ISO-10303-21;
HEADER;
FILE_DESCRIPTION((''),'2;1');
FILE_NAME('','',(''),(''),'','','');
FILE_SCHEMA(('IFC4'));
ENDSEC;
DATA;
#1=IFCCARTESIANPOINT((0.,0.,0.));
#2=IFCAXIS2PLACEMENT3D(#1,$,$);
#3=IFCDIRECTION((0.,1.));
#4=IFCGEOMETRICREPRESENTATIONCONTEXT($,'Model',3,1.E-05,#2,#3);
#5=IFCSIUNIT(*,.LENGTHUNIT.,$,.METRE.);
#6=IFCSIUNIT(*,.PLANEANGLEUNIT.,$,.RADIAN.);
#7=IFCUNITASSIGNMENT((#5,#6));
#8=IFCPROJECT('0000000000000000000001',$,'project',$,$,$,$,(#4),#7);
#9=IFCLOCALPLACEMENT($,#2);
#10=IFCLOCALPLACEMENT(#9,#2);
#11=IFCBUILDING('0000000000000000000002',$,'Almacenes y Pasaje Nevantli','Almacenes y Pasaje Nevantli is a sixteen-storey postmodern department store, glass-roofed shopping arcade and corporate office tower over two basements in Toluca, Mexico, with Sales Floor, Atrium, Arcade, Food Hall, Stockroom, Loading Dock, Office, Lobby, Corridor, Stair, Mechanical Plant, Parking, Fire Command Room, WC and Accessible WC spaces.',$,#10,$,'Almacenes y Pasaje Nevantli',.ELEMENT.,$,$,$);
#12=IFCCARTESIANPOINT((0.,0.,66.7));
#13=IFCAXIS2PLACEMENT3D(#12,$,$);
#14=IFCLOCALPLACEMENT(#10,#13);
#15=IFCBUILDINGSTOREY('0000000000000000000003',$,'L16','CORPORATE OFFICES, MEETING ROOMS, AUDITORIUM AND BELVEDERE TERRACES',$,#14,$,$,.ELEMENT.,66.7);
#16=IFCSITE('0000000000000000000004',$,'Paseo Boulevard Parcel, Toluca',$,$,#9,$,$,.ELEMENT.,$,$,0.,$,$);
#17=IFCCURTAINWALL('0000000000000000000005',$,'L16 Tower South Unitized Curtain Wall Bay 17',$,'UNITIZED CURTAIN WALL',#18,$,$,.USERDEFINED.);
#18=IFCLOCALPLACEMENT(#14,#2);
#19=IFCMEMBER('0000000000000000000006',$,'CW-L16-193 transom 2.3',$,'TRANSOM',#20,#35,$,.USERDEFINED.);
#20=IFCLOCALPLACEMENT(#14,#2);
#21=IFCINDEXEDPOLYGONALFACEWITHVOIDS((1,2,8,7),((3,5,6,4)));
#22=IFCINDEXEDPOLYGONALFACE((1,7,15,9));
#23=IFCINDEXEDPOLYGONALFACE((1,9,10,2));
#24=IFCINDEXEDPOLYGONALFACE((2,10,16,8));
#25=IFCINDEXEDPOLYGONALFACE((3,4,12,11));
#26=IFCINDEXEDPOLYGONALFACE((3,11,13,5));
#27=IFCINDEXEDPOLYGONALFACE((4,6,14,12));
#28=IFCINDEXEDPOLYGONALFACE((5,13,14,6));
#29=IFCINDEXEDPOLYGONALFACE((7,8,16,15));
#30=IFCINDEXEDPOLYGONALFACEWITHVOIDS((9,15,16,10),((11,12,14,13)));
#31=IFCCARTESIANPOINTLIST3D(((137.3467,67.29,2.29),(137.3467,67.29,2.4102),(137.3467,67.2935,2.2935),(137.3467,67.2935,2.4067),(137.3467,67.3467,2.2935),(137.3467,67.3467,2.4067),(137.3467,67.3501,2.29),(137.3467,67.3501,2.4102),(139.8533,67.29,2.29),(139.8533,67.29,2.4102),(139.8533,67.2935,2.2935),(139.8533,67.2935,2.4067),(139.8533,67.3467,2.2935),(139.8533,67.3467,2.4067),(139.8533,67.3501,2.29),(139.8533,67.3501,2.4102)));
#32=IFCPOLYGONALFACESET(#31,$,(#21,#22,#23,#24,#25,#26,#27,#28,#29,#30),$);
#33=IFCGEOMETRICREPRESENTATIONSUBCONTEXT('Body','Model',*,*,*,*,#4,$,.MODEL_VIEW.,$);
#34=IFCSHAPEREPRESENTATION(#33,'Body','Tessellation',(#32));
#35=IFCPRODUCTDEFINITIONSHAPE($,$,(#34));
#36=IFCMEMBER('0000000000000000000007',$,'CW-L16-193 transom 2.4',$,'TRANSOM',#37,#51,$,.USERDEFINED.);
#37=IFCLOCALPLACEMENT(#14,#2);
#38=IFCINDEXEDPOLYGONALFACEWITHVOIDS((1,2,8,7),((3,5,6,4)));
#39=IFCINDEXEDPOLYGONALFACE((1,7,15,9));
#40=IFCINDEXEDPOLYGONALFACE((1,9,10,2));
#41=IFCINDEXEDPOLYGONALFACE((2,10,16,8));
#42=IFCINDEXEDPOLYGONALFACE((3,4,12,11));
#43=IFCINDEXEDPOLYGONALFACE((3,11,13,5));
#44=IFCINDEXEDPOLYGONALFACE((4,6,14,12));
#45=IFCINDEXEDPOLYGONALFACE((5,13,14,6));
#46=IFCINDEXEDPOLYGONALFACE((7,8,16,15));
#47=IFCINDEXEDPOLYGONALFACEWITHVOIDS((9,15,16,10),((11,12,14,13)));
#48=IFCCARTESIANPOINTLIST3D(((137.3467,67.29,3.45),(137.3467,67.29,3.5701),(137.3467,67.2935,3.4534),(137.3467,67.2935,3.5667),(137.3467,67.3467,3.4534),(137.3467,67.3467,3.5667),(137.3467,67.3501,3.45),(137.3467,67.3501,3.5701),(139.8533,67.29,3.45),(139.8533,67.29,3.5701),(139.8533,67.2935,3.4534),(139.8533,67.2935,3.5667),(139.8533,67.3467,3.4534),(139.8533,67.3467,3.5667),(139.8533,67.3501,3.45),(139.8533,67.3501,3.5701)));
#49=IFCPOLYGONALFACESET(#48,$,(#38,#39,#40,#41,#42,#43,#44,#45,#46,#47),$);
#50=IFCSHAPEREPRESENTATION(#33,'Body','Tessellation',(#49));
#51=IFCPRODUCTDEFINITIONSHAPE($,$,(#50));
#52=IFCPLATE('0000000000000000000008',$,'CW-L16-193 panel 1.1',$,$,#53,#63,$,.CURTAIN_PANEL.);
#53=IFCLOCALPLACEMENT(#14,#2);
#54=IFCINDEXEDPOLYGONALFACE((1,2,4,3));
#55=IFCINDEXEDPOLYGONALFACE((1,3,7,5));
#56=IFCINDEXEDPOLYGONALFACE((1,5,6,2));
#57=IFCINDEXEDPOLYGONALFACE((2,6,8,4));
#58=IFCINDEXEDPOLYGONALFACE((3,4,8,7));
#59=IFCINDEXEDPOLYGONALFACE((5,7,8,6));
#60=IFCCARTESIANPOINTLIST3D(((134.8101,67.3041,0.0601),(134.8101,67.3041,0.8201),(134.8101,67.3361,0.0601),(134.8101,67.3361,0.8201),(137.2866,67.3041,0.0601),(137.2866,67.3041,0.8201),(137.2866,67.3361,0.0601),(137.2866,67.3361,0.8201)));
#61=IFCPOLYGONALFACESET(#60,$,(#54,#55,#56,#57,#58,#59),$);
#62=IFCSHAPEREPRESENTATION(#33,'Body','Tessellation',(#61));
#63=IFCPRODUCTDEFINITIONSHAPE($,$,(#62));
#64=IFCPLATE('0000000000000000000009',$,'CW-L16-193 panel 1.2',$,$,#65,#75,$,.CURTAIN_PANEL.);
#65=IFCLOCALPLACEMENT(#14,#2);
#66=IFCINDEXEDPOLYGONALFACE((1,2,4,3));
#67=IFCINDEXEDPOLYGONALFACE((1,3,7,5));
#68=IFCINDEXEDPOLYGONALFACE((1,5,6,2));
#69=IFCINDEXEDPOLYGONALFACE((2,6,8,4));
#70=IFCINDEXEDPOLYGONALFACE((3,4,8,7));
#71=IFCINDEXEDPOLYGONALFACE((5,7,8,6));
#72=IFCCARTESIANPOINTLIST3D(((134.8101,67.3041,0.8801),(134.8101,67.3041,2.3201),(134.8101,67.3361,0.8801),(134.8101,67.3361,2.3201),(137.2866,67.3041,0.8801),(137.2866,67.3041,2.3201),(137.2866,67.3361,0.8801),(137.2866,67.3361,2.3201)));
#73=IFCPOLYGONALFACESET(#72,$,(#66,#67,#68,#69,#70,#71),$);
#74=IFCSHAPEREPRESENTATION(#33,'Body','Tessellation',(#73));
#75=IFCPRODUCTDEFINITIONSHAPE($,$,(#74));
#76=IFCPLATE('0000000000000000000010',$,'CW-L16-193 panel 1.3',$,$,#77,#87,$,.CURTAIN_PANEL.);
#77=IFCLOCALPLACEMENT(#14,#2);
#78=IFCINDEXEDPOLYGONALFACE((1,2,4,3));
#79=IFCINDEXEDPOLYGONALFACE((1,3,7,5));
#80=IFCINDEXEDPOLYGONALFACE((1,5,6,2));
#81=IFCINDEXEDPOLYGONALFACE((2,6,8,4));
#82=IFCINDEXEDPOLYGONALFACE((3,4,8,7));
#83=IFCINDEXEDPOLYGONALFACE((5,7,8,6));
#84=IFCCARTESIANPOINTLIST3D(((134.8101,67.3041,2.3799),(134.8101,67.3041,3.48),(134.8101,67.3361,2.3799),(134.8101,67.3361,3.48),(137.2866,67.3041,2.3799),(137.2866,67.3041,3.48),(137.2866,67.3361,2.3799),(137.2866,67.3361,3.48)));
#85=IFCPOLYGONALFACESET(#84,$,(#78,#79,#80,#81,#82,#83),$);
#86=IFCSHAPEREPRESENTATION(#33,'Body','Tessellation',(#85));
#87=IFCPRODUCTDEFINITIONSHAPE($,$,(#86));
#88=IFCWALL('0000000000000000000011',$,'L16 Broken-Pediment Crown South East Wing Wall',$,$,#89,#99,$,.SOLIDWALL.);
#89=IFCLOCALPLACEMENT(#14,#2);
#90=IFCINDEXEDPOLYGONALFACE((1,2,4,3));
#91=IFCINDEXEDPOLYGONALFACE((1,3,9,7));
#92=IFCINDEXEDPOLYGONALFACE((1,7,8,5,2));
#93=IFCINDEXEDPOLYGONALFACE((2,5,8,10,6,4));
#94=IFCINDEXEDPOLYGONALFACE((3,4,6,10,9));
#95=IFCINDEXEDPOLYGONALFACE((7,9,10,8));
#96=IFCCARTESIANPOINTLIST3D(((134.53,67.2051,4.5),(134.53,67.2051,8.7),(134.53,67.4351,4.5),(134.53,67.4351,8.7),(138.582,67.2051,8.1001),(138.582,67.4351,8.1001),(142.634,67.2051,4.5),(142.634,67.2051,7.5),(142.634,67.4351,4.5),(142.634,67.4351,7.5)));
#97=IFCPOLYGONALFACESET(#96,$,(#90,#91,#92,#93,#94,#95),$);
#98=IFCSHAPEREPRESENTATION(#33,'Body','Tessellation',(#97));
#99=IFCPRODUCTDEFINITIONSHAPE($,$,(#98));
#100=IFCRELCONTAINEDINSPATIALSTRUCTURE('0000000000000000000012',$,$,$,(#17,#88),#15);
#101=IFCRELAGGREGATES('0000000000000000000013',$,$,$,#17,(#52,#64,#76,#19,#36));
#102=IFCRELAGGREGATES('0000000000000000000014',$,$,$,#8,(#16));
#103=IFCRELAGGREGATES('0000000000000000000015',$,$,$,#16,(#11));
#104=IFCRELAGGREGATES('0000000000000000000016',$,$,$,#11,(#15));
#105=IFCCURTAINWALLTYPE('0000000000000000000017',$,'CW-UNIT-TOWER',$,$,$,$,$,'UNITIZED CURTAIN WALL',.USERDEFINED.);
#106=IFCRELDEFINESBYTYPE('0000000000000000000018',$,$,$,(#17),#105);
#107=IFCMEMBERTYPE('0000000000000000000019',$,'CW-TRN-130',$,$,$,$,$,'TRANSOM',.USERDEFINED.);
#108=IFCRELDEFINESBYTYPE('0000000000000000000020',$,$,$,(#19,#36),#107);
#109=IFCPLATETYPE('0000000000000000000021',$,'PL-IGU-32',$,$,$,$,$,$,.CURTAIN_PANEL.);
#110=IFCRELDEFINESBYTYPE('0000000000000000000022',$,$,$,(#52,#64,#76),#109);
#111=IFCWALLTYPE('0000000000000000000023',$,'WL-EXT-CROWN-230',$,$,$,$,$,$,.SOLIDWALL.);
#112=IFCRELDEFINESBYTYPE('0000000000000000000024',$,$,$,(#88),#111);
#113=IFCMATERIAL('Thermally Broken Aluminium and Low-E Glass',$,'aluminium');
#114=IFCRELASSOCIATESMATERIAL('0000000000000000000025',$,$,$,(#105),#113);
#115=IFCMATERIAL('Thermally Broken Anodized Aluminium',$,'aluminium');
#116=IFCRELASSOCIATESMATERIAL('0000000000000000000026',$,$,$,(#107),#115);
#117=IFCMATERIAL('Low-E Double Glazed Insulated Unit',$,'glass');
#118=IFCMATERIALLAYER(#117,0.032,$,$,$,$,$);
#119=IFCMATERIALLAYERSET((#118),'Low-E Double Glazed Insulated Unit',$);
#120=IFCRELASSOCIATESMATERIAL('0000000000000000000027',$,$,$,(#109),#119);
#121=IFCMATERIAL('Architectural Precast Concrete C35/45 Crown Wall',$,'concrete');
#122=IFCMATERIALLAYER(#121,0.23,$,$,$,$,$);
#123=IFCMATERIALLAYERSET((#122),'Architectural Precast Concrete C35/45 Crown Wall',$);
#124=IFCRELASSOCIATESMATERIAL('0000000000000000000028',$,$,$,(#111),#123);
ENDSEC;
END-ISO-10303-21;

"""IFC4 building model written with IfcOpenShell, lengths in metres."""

from ifc_helpers import new_model, si_unit, direction, frame, origin, origin_2d, place, context, subcontext, project, spatial, polyline, rectangle, hollow_rectangle, outline, extrude, material, layer, layer_set, material_profile, profile_set, type_object, element, aggregate, save


model = new_model("IFC4")

# Units and contexts
model_context = context("Model", 3, precision=1e-05, world=origin(), true_north=direction((0.0, 1.0)))
body_context = subcontext(model_context, "Body", "Model", "MODEL_VIEW")
ifc_project = project(units=[si_unit("LENGTHUNIT", "METRE"), si_unit("PLANEANGLEUNIT", "RADIAN")], contexts=[model_context])

# Site, building, storey
site_placement = place(None, origin())
site = spatial("IfcSite", under=ifc_project, at=site_placement, Name="Paseo Boulevard Parcel, Toluca", CompositionType="ELEMENT", RefElevation=0.0)
building_placement = place(site_placement, origin())
building = spatial("IfcBuilding", under=site, at=building_placement, Name="Almacenes y Pasaje Nevantli", Description="Almacenes y Pasaje Nevantli is a sixteen-storey postmodern department store, glass-roofed shopping arcade and corporate office tower over two basements in Toluca, Mexico, with Sales Floor, Atrium, Arcade, Food Hall, Stockroom, Loading Dock, Office, Lobby, Corridor, Stair, Mechanical Plant, Parking, Fire Command Room, WC and Accessible WC spaces.", LongName="Almacenes y Pasaje Nevantli", CompositionType="ELEMENT")
storey_placement = place(building_placement, frame((0.0, 0.0, 66.7)))
storey = spatial("IfcBuildingStorey", under=building, at=storey_placement, Name="L16", Description="CORPORATE OFFICES, MEETING ROOMS, AUDITORIUM AND BELVEDERE TERRACES", CompositionType="ELEMENT", Elevation=66.7)

# Curtain wall, members, plates
ifc_material_1 = material(Name="Thermally Broken Aluminium and Low-E Glass", Category="aluminium")
curtain_wall_type = type_object("IfcCurtainWallType", Name="CW-UNIT-TOWER", ElementType="UNITIZED CURTAIN WALL", PredefinedType="USERDEFINED", material=ifc_material_1)
curtain_wall_placement = place(storey_placement, origin())
curtain_wall = element("IfcCurtainWall", 1, at=curtain_wall_placement, inside=storey, type_object=curtain_wall_type, Name="L16 Tower South Unitized Curtain Wall Bay 17", ObjectType="UNITIZED CURTAIN WALL", PredefinedType="USERDEFINED")
ifc_material_2 = material(Name="Thermally Broken Anodized Aluminium", Category="aluminium")
ifc_material_profile_1 = material_profile(ifc_material_2, hollow_rectangle(XDim=0.0601, YDim=0.1201, WallThickness=0.0034, at=origin_2d()), Name="ALU-TRN-60x120")
ifc_profile_set_1 = profile_set([ifc_material_profile_1], Name="Thermally Broken Anodized Aluminium")
member_type_1 = type_object("IfcMemberType", Name="CW-TRN-130", ElementType="TRANSOM", PredefinedType="USERDEFINED", material=ifc_profile_set_1)
member_1_placement = place(storey_placement, frame((137.3467, 67.3201, 2.3501), z_axis=(1.0, 0.0, 0.0), x_axis=(0.0, 1.0, 0.0)))
member_1 = element("IfcMember", 2, at=member_1_placement, type_object=member_type_1, Name="CW-L16-193 transom 2.3", ObjectType="TRANSOM", PredefinedType="USERDEFINED", context=body_context, shape_type="SweptSolid", body=[
    extrude(hollow_rectangle(XDim=0.0601, YDim=0.1201, WallThickness=0.0034, at=origin_2d()), origin(), (0.0, 0.0, 1.0), 2.5066),
])
member_2_placement = place(storey_placement, frame((137.3467, 67.3201, 3.51), z_axis=(1.0, 0.0, 0.0), x_axis=(0.0, 1.0, 0.0)))
member_2 = element("IfcMember", 3, at=member_2_placement, type_object=member_type_1, Name="CW-L16-193 transom 2.4", ObjectType="TRANSOM", PredefinedType="USERDEFINED", context=body_context, shape_type="SweptSolid", body=[
    extrude(hollow_rectangle(XDim=0.0601, YDim=0.1201, WallThickness=0.0034, at=origin_2d()), origin(), (0.0, 0.0, 1.0), 2.5066),
])
ifc_material_3 = material(Name="Low-E Double Glazed Insulated Unit", Category="glass")
ifc_layer_1 = layer(ifc_material_3, 0.032)
ifc_layer_set_1 = layer_set([ifc_layer_1], Name="Low-E Double Glazed Insulated Unit")
plate_type = type_object("IfcPlateType", Name="PL-IGU-32", PredefinedType="CURTAIN_PANEL", material=ifc_layer_set_1)
plate_1_placement = place(storey_placement, frame((136.0483, 67.3201, 0.0601), z_axis=(0.0, 0.0, 1.0), x_axis=(1.0, 0.0, 0.0)))
plate_1 = element("IfcPlate", 4, at=plate_1_placement, type_object=plate_type, Name="CW-L16-193 panel 1.1", PredefinedType="CURTAIN_PANEL", context=body_context, shape_type="SweptSolid", body=[
    extrude(rectangle(XDim=2.4766, YDim=0.032, at=origin_2d()), origin(), (0.0, 0.0, 1.0), 0.76),
])
plate_2_placement = place(storey_placement, frame((136.0483, 67.3201, 0.8801), z_axis=(0.0, 0.0, 1.0), x_axis=(1.0, 0.0, 0.0)))
plate_2 = element("IfcPlate", 5, at=plate_2_placement, type_object=plate_type, Name="CW-L16-193 panel 1.2", PredefinedType="CURTAIN_PANEL", context=body_context, shape_type="SweptSolid", body=[
    extrude(rectangle(XDim=2.4766, YDim=0.032, at=origin_2d()), origin(), (0.0, 0.0, 1.0), 1.4399),
])
plate_3_placement = place(storey_placement, frame((136.0483, 67.3201, 2.3799), z_axis=(0.0, 0.0, 1.0), x_axis=(1.0, 0.0, 0.0)))
plate_3 = element("IfcPlate", 6, at=plate_3_placement, type_object=plate_type, Name="CW-L16-193 panel 1.3", PredefinedType="CURTAIN_PANEL", context=body_context, shape_type="SweptSolid", body=[
    extrude(rectangle(XDim=2.4766, YDim=0.032, at=origin_2d()), origin(), (0.0, 0.0, 1.0), 1.1001),
])
aggregate(curtain_wall, [plate_1, plate_2, plate_3, member_1, member_2])

# Wall
ifc_material_4 = material(Name="Architectural Precast Concrete C35/45 Crown Wall", Category="concrete")
ifc_layer_2 = layer(ifc_material_4, 0.23)
ifc_layer_set_2 = layer_set([ifc_layer_2], Name="Architectural Precast Concrete C35/45 Crown Wall")
wall_type = type_object("IfcWallType", Name="WL-EXT-CROWN-230", PredefinedType="SOLIDWALL", material=ifc_layer_set_2)
wall_placement = place(storey_placement, frame((134.53, 67.3201, 4.5), z_axis=(0.0, 0.0, 1.0), x_axis=(1.0, 0.0, 0.0)))
element("IfcWall", 7, at=wall_placement, inside=storey, type_object=wall_type, Name="L16 Broken-Pediment Crown South East Wing Wall", PredefinedType="SOLIDWALL", context=body_context, shape_type="SweptSolid", body=[
    extrude(outline(polyline([(0.0, 0.0), (8.104, 0.0), (8.104, 3.0), (4.052, 3.6001), (0.0, 4.2), (0.0, 0.0)])), frame((0.0, 0.115, 0.0), z_axis=(0.0, -1.0, 0.0), x_axis=(1.0, 0.0, 0.0)), (0.0, 0.0, 1.0), 0.23),
])

save(model, "model.ifc")
